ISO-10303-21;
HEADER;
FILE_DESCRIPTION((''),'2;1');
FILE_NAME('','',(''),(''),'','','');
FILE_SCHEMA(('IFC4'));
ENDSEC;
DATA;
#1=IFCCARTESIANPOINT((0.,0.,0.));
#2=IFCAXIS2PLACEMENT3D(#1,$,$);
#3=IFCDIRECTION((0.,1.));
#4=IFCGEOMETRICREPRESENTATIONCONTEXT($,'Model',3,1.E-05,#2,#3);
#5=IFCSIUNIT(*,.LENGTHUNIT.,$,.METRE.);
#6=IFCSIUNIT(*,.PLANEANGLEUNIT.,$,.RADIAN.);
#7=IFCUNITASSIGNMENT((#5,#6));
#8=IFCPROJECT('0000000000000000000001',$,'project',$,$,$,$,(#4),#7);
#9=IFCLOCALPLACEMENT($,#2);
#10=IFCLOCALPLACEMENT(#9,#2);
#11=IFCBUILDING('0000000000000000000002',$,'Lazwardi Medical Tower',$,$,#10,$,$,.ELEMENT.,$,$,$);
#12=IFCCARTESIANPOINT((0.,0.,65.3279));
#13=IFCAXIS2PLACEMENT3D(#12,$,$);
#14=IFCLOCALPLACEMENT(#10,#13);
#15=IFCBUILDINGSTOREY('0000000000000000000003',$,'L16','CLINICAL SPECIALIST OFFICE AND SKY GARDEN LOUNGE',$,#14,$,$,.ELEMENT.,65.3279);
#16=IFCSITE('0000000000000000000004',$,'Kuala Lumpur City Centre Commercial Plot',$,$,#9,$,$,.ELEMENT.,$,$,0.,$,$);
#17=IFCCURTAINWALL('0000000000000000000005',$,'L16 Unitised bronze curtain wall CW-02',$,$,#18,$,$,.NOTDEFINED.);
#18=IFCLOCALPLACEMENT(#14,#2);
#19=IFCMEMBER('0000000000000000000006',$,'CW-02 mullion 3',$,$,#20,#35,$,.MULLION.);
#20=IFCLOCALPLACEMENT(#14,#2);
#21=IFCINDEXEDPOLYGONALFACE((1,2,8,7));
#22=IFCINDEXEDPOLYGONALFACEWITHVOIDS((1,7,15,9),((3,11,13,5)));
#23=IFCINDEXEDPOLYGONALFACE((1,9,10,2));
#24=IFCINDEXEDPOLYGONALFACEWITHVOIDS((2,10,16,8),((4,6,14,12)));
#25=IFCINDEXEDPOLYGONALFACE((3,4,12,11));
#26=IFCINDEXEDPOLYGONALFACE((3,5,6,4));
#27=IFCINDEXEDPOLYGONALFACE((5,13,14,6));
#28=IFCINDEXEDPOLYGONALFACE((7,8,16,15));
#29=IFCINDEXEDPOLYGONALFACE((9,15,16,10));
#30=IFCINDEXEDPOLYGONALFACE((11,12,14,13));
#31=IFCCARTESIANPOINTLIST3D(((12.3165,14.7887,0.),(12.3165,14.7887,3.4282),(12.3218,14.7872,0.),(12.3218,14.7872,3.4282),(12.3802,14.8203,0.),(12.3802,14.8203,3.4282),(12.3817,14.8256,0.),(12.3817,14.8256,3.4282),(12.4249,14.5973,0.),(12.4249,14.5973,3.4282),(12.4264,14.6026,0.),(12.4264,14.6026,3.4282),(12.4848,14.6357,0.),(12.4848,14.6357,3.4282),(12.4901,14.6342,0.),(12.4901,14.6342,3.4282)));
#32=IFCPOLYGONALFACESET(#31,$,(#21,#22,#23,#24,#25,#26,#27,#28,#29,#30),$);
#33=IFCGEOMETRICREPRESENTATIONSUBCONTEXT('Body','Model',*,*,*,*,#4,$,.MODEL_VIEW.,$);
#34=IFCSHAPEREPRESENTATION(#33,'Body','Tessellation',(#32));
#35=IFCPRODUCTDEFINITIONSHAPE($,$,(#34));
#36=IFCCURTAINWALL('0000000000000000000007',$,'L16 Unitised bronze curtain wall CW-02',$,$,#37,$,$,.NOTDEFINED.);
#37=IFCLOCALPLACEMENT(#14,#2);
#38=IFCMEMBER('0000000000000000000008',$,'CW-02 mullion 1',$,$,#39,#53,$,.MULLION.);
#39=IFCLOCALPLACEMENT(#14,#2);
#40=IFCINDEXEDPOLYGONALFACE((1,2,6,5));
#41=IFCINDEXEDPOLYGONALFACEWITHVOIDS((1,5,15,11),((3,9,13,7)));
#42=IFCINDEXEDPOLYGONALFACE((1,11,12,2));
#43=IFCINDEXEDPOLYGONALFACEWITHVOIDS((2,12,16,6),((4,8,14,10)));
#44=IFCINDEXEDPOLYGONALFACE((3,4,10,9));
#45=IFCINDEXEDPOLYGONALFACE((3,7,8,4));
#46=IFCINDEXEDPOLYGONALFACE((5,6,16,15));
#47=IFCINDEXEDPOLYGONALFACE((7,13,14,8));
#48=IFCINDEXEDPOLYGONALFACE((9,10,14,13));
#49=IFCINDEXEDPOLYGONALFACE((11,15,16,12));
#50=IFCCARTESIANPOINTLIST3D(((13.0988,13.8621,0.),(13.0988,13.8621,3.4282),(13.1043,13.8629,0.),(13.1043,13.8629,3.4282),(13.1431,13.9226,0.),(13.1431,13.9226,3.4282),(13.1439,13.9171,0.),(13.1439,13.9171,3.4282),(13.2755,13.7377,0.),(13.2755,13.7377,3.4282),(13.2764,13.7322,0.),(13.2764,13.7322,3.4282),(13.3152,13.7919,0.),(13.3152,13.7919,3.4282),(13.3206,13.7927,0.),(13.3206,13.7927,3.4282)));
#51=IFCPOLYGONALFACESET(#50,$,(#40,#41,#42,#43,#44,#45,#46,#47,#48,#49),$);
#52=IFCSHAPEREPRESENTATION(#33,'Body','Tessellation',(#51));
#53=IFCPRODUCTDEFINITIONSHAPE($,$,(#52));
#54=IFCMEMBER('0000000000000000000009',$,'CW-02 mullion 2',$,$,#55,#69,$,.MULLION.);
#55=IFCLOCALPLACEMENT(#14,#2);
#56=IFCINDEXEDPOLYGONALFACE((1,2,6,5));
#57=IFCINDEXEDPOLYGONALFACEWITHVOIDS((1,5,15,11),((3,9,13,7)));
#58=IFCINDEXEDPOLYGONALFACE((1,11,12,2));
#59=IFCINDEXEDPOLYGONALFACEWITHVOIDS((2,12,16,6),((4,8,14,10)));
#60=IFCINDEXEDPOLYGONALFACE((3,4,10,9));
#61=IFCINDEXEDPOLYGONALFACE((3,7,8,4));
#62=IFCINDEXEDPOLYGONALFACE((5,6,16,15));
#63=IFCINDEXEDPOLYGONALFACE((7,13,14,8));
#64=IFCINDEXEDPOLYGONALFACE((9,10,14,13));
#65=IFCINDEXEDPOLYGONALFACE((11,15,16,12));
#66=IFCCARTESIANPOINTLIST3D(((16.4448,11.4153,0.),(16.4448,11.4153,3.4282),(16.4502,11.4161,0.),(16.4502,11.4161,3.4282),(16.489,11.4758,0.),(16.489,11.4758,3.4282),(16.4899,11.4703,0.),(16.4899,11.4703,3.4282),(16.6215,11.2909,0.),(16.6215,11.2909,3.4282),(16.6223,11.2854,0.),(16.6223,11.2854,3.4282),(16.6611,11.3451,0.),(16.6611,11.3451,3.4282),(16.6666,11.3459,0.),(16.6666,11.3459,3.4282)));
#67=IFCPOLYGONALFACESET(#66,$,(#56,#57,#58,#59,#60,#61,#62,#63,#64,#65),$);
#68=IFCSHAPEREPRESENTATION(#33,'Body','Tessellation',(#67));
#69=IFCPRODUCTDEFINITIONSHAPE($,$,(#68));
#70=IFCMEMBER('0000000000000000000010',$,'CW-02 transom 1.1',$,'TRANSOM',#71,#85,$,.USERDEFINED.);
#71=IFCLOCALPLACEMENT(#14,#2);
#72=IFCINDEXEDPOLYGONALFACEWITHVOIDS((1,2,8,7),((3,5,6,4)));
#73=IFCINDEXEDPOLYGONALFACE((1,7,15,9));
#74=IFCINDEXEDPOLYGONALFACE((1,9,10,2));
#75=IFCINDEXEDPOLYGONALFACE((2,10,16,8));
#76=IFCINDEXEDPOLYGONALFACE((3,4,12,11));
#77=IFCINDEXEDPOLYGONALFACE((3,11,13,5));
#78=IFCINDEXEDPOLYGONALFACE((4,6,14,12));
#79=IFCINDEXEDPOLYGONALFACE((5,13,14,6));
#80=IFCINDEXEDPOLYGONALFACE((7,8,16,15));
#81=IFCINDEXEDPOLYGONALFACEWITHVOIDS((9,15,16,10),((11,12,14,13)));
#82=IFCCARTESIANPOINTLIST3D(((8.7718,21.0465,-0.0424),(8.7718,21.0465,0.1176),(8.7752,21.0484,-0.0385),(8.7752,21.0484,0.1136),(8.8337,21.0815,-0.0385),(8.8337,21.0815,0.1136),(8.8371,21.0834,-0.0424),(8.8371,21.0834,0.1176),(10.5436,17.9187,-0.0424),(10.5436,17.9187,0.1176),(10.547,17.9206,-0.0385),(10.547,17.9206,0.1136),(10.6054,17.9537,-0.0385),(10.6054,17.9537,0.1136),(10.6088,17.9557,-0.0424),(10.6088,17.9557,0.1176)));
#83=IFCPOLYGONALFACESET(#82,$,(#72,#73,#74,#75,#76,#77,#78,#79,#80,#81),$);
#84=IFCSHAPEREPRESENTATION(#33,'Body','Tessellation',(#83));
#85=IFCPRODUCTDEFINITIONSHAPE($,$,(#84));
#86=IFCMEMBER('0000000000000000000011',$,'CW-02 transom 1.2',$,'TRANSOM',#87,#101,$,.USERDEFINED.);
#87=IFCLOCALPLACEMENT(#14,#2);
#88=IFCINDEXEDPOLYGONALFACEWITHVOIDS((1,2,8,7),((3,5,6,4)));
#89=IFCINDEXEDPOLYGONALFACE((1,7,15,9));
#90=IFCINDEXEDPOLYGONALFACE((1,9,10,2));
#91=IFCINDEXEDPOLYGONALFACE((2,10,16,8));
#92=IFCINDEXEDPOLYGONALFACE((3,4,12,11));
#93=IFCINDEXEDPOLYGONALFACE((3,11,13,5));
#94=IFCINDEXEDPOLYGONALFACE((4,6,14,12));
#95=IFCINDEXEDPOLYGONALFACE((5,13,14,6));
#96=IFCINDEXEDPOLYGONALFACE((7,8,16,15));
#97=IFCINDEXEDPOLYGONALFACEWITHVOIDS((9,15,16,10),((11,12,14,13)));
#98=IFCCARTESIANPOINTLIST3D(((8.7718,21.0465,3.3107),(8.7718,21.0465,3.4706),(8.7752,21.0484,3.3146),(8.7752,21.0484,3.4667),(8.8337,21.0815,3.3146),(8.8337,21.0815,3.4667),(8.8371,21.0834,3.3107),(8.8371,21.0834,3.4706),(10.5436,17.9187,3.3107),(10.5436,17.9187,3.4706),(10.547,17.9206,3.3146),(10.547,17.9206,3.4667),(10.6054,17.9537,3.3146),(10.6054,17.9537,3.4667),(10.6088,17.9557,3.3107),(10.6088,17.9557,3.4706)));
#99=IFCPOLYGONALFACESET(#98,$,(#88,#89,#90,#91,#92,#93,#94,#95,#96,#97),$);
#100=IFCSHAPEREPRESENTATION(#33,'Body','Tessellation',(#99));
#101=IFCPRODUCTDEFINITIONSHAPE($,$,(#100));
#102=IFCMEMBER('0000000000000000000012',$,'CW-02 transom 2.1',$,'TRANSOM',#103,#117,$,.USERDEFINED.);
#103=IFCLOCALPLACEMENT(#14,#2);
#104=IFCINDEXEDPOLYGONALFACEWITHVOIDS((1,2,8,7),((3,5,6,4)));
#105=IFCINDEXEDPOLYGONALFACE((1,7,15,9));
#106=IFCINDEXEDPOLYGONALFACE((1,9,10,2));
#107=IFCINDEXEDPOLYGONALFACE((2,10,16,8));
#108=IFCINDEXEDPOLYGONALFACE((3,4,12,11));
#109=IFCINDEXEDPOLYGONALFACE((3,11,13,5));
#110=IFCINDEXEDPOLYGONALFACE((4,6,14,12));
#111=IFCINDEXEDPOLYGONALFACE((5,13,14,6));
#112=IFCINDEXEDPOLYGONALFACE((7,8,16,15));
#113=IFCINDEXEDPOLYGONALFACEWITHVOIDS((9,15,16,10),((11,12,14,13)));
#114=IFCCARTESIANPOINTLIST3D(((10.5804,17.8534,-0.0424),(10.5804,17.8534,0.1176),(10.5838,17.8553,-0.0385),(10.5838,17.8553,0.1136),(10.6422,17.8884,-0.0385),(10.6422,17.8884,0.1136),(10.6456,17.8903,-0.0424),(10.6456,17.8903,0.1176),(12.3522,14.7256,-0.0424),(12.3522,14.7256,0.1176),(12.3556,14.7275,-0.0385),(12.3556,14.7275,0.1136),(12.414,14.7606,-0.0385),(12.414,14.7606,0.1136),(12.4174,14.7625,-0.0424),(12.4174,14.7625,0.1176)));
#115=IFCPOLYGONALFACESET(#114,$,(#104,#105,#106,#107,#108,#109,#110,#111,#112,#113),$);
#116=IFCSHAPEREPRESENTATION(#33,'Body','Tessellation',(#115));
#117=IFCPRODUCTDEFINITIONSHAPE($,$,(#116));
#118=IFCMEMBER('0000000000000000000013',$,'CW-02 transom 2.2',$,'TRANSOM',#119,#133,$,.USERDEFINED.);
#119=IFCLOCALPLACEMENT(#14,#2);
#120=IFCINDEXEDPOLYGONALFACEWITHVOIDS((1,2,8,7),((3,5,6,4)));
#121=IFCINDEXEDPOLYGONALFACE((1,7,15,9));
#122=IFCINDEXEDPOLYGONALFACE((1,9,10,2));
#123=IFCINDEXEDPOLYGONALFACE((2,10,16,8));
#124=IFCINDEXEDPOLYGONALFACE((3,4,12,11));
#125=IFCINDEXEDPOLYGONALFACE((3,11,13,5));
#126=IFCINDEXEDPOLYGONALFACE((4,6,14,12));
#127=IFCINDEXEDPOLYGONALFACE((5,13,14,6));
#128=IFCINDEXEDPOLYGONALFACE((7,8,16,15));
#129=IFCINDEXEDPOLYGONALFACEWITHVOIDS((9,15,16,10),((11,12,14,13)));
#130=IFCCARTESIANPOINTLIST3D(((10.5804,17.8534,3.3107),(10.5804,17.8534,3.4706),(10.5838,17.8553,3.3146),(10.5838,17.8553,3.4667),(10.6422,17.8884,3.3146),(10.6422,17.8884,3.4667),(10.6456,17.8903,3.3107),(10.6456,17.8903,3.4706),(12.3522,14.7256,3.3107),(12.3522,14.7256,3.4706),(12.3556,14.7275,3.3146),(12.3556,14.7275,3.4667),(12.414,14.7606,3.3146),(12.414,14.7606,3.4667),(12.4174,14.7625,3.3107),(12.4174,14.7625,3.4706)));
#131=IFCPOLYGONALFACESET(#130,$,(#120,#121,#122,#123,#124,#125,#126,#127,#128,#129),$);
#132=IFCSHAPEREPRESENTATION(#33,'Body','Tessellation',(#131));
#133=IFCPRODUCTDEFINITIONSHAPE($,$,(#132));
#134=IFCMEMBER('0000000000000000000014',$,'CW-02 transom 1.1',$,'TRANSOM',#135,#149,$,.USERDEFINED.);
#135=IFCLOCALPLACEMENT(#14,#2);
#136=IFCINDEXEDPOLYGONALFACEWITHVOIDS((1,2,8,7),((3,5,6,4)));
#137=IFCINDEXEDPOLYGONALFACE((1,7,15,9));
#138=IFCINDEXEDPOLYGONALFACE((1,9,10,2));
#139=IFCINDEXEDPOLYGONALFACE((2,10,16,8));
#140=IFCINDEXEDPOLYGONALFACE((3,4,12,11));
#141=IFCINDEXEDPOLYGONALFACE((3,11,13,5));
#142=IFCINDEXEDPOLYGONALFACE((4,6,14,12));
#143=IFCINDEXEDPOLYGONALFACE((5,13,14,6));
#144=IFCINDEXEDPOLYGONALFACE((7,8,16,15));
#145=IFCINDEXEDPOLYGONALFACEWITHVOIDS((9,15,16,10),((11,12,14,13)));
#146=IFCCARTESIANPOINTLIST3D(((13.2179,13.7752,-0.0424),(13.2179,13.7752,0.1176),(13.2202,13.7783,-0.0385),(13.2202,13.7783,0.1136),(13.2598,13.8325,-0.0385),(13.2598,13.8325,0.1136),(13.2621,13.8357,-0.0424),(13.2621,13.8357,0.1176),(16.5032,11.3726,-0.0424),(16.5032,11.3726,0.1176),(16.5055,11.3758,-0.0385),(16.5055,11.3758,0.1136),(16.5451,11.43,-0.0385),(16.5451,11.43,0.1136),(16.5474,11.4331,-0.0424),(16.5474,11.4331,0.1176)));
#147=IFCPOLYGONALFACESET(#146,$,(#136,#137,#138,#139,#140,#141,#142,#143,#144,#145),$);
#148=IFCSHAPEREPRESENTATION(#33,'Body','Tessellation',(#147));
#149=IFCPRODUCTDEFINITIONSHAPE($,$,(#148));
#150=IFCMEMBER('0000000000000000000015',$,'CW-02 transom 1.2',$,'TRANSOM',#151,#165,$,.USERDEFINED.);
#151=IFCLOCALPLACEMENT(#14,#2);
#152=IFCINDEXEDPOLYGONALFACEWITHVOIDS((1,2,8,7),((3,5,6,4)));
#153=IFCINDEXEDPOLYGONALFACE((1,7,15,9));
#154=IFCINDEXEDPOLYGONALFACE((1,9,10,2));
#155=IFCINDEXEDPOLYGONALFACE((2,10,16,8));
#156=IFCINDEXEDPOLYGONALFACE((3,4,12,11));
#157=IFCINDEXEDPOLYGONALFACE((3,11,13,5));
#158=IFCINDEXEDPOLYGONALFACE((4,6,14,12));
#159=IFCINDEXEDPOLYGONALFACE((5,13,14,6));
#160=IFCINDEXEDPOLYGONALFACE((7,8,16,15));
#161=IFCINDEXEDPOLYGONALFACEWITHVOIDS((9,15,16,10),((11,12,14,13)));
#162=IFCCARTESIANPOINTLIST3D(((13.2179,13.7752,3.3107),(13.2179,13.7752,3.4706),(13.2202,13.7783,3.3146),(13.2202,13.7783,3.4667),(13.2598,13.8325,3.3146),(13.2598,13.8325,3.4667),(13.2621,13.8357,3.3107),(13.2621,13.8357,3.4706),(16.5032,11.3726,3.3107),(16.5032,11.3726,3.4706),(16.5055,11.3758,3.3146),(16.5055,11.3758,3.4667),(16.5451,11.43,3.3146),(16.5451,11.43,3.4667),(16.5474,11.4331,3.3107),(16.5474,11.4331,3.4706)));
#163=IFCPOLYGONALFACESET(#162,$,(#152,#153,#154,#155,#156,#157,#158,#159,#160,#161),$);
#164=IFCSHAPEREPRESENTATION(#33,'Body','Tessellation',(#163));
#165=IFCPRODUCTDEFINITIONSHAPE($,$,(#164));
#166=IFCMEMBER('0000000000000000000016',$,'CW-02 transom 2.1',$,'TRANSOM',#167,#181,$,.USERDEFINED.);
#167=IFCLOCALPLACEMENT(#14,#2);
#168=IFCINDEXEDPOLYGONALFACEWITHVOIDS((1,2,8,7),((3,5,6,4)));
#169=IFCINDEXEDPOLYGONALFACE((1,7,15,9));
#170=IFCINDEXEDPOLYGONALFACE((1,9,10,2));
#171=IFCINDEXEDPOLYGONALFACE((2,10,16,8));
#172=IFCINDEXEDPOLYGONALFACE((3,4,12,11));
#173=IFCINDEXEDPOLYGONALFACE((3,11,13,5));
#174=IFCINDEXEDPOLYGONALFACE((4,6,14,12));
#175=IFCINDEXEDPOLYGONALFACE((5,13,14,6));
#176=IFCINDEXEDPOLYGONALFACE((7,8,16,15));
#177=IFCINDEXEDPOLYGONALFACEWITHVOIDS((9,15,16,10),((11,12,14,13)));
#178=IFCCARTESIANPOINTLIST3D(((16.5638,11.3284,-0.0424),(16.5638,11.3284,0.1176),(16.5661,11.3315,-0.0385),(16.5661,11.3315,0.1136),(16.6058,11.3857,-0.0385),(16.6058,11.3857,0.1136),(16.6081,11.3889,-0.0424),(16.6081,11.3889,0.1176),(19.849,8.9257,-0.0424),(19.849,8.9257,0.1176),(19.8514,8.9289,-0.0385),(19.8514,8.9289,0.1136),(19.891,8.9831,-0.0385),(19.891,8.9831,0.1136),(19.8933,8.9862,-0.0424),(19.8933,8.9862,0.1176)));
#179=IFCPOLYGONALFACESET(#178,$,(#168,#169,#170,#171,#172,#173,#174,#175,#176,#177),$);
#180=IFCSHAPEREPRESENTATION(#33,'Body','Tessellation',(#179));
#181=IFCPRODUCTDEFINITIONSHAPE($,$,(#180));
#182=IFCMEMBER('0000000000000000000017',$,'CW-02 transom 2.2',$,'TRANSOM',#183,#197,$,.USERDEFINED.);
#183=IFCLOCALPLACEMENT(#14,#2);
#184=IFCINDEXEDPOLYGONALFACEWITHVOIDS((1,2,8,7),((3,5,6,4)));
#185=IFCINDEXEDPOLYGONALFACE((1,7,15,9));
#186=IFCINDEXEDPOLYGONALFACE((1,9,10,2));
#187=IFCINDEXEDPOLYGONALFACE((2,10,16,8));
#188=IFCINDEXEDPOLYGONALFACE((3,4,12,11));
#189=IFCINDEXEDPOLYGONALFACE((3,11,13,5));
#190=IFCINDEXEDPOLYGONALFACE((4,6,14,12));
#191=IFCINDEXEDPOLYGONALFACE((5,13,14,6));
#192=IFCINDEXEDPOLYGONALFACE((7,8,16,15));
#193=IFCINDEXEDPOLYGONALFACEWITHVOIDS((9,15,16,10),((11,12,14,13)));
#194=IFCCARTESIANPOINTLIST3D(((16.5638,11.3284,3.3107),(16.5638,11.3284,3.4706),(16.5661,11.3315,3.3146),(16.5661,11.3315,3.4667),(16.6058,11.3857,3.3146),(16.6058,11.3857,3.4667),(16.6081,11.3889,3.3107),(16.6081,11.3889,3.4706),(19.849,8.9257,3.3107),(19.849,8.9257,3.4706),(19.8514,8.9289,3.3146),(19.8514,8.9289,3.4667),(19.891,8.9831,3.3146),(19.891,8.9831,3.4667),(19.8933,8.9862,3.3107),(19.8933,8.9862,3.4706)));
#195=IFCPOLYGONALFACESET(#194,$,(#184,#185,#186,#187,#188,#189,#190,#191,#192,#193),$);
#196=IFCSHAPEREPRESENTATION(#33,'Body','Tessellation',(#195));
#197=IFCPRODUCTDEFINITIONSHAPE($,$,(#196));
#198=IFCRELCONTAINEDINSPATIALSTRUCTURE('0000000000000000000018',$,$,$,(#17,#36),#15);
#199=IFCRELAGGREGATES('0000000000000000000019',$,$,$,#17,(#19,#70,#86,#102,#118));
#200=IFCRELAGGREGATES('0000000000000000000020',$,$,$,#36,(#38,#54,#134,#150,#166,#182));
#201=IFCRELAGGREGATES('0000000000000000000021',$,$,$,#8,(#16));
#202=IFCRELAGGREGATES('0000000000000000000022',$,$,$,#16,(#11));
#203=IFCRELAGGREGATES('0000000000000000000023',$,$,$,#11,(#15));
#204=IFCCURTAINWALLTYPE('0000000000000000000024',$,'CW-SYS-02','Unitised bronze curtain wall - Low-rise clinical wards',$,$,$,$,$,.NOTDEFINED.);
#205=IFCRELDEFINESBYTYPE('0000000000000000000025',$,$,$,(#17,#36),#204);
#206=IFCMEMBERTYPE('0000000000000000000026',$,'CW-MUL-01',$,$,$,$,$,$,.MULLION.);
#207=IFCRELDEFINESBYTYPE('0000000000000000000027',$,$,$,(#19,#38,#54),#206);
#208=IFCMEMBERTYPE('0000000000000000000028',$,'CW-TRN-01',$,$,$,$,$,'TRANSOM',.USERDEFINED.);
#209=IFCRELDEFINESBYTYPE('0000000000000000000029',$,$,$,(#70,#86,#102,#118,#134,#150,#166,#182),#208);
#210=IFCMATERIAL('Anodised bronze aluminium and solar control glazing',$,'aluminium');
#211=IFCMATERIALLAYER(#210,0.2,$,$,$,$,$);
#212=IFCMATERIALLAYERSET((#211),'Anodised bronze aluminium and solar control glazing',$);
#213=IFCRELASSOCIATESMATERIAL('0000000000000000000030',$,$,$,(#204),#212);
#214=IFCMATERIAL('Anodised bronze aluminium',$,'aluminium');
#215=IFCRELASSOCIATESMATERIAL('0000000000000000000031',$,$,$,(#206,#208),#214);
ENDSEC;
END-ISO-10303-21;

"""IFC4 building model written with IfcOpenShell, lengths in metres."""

from ifc_helpers import new_model, si_unit, direction, frame, origin, origin_2d, place, context, subcontext, project, spatial, hollow_rectangle, extrude, material, layer, layer_set, material_profile, profile_set, type_object, element, aggregate, save


model = new_model("IFC4")

# Units and contexts
model_context = context("Model", 3, precision=1e-05, world=origin(), true_north=direction((0.0, 1.0)))
body_context = subcontext(model_context, "Body", "Model", "MODEL_VIEW")
ifc_project = project(units=[si_unit("LENGTHUNIT", "METRE"), si_unit("PLANEANGLEUNIT", "RADIAN")], contexts=[model_context])

# Site, building, storey
site_placement = place(None, origin())
site = spatial("IfcSite", under=ifc_project, at=site_placement, Name="Kuala Lumpur City Centre Commercial Plot", CompositionType="ELEMENT", RefElevation=0.0)
building_placement = place(site_placement, origin())
building = spatial("IfcBuilding", under=site, at=building_placement, Name="Lazwardi Medical Tower", CompositionType="ELEMENT")
storey_placement = place(building_placement, frame((0.0, 0.0, 65.3279)))
storey = spatial("IfcBuildingStorey", under=building, at=storey_placement, Name="L16", Description="CLINICAL SPECIALIST OFFICE AND SKY GARDEN LOUNGE", CompositionType="ELEMENT", Elevation=65.3279)

# Curtain walls, members
ifc_material_1 = material(Name="Anodised bronze aluminium and solar control glazing", Category="aluminium")
ifc_layer_1 = layer(ifc_material_1, 0.2)
ifc_layer_set_1 = layer_set([ifc_layer_1], Name="Anodised bronze aluminium and solar control glazing")
curtain_wall_type = type_object("IfcCurtainWallType", Name="CW-SYS-02", Description="Unitised bronze curtain wall - Low-rise clinical wards", PredefinedType="NOTDEFINED", material=ifc_layer_set_1)
curtain_wall_1_placement = place(storey_placement, origin())
curtain_wall_1 = element("IfcCurtainWall", 1, at=curtain_wall_1_placement, inside=storey, type_object=curtain_wall_type, Name="L16 Unitised bronze curtain wall CW-02", PredefinedType="NOTDEFINED")
ifc_material_2 = material(Name="Anodised bronze aluminium", Category="aluminium")
ifc_material_profile_1 = material_profile(ifc_material_2, hollow_rectangle(XDim=0.075, YDim=0.22, WallThickness=0.0039, at=origin_2d()), Name="ALU-MULLION 220x75x4")
ifc_profile_set_1 = profile_set([ifc_material_profile_1], Name="Anodised bronze aluminium")
member_type_1 = type_object("IfcMemberType", Name="CW-MUL-01", PredefinedType="MULLION", material=ifc_profile_set_1)
member_1_placement = place(storey_placement, frame((12.4033, 14.7114, 0.0), z_axis=(0.0, 0.0, 1.0), x_axis=(0.870112, 0.492854, 0.0)))
member_1 = element("IfcMember", 2, at=member_1_placement, type_object=member_type_1, Name="CW-02 mullion 3", PredefinedType="MULLION", context=body_context, shape_type="SweptSolid", body=[
    extrude(hollow_rectangle(XDim=0.075, YDim=0.22, WallThickness=0.0039, at=origin_2d()), origin(), (0.0, 0.0, 1.0), 3.4282),
])
curtain_wall_2_placement = place(storey_placement, origin())
curtain_wall_2 = element("IfcCurtainWall", 3, at=curtain_wall_2_placement, inside=storey, type_object=curtain_wall_type, Name="L16 Unitised bronze curtain wall CW-02", PredefinedType="NOTDEFINED")
member_2_placement = place(storey_placement, frame((13.2097, 13.8274, 0.0), z_axis=(0.0, 0.0, 1.0), x_axis=(0.590289, 0.807192, 0.0)))
member_2 = element("IfcMember", 4, at=member_2_placement, type_object=member_type_1, Name="CW-02 mullion 1", PredefinedType="MULLION", context=body_context, shape_type="SweptSolid", body=[
    extrude(hollow_rectangle(XDim=0.075, YDim=0.22, WallThickness=0.0039, at=origin_2d()), origin(), (0.0, 0.0, 1.0), 3.4282),
])
member_3_placement = place(storey_placement, frame((16.5557, 11.3806, 0.0), z_axis=(0.0, 0.0, 1.0), x_axis=(0.590289, 0.807192, 0.0)))
member_3 = element("IfcMember", 5, at=member_3_placement, type_object=member_type_1, Name="CW-02 mullion 2", PredefinedType="MULLION", context=body_context, shape_type="SweptSolid", body=[
    extrude(hollow_rectangle(XDim=0.075, YDim=0.22, WallThickness=0.0039, at=origin_2d()), origin(), (0.0, 0.0, 1.0), 3.4282),
])

# Members
ifc_material_profile_2 = material_profile(ifc_material_2, hollow_rectangle(XDim=0.075, YDim=0.1599, WallThickness=0.0039, at=origin_2d()), Name="ALU-TRANSOM 160x75x4")
ifc_profile_set_2 = profile_set([ifc_material_profile_2], Name="Anodised bronze aluminium")
member_type_2 = type_object("IfcMemberType", Name="CW-TRN-01", ElementType="TRANSOM", PredefinedType="USERDEFINED", material=ifc_profile_set_2)
member_4_placement = place(storey_placement, frame((8.8044, 21.0649, 0.0376), z_axis=(0.492881, -0.870097, 0.0), x_axis=(0.870097, 0.492881, 0.0)))
member_4 = element("IfcMember", 6, at=member_4_placement, type_object=member_type_2, Name="CW-02 transom 1.1", ObjectType="TRANSOM", PredefinedType="USERDEFINED", context=body_context, shape_type="SweptSolid", body=[
    extrude(hollow_rectangle(XDim=0.075, YDim=0.1599, WallThickness=0.0039, at=origin_2d()), origin(), (0.0, 0.0, 1.0), 3.5947),
])
member_5_placement = place(storey_placement, frame((8.8044, 21.0649, 3.3906), z_axis=(0.492881, -0.870097, 0.0), x_axis=(0.870097, 0.492881, 0.0)))
member_5 = element("IfcMember", 7, at=member_5_placement, type_object=member_type_2, Name="CW-02 transom 1.2", ObjectType="TRANSOM", PredefinedType="USERDEFINED", context=body_context, shape_type="SweptSolid", body=[
    extrude(hollow_rectangle(XDim=0.075, YDim=0.1599, WallThickness=0.0039, at=origin_2d()), origin(), (0.0, 0.0, 1.0), 3.5947),
])
member_6_placement = place(storey_placement, frame((10.613, 17.8718, 0.0376), z_axis=(0.492881, -0.870097, 0.0), x_axis=(0.870097, 0.492881, 0.0)))
member_6 = element("IfcMember", 8, at=member_6_placement, type_object=member_type_2, Name="CW-02 transom 2.1", ObjectType="TRANSOM", PredefinedType="USERDEFINED", context=body_context, shape_type="SweptSolid", body=[
    extrude(hollow_rectangle(XDim=0.075, YDim=0.1599, WallThickness=0.0039, at=origin_2d()), origin(), (0.0, 0.0, 1.0), 3.5947),
])
member_7_placement = place(storey_placement, frame((10.613, 17.8718, 3.3906), z_axis=(0.492881, -0.870097, 0.0), x_axis=(0.870097, 0.492881, 0.0)))
member_7 = element("IfcMember", 9, at=member_7_placement, type_object=member_type_2, Name="CW-02 transom 2.2", ObjectType="TRANSOM", PredefinedType="USERDEFINED", context=body_context, shape_type="SweptSolid", body=[
    extrude(hollow_rectangle(XDim=0.075, YDim=0.1599, WallThickness=0.0039, at=origin_2d()), origin(), (0.0, 0.0, 1.0), 3.5947),
])
member_8_placement = place(storey_placement, frame((13.24, 13.8054, 0.0376), z_axis=(0.80719, -0.590292, 0.0), x_axis=(0.590292, 0.80719, 0.0)))
member_8 = element("IfcMember", 10, at=member_8_placement, type_object=member_type_2, Name="CW-02 transom 1.1", ObjectType="TRANSOM", PredefinedType="USERDEFINED", context=body_context, shape_type="SweptSolid", body=[
    extrude(hollow_rectangle(XDim=0.075, YDim=0.1599, WallThickness=0.0039, at=origin_2d()), origin(), (0.0, 0.0, 1.0), 4.0701),
])
member_9_placement = place(storey_placement, frame((13.24, 13.8054, 3.3906), z_axis=(0.80719, -0.590292, 0.0), x_axis=(0.590292, 0.80719, 0.0)))
member_9 = element("IfcMember", 11, at=member_9_placement, type_object=member_type_2, Name="CW-02 transom 1.2", ObjectType="TRANSOM", PredefinedType="USERDEFINED", context=body_context, shape_type="SweptSolid", body=[
    extrude(hollow_rectangle(XDim=0.075, YDim=0.1599, WallThickness=0.0039, at=origin_2d()), origin(), (0.0, 0.0, 1.0), 4.0701),
])
member_10_placement = place(storey_placement, frame((16.5859, 11.3586, 0.0376), z_axis=(0.807169, -0.59032, 0.0), x_axis=(0.59032, 0.807169, 0.0)))
member_10 = element("IfcMember", 12, at=member_10_placement, type_object=member_type_2, Name="CW-02 transom 2.1", ObjectType="TRANSOM", PredefinedType="USERDEFINED", context=body_context, shape_type="SweptSolid", body=[
    extrude(hollow_rectangle(XDim=0.075, YDim=0.1599, WallThickness=0.0039, at=origin_2d()), origin(), (0.0, 0.0, 1.0), 4.0701),
])
member_11_placement = place(storey_placement, frame((16.5859, 11.3586, 3.3906), z_axis=(0.807169, -0.59032, 0.0), x_axis=(0.59032, 0.807169, 0.0)))
member_11 = element("IfcMember", 13, at=member_11_placement, type_object=member_type_2, Name="CW-02 transom 2.2", ObjectType="TRANSOM", PredefinedType="USERDEFINED", context=body_context, shape_type="SweptSolid", body=[
    extrude(hollow_rectangle(XDim=0.075, YDim=0.1599, WallThickness=0.0039, at=origin_2d()), origin(), (0.0, 0.0, 1.0), 4.0701),
])

aggregate(curtain_wall_1, [member_1, member_4, member_5, member_6, member_7])
aggregate(curtain_wall_2, [member_2, member_3, member_8, member_9, member_10, member_11])

save(model, "model.ifc")
